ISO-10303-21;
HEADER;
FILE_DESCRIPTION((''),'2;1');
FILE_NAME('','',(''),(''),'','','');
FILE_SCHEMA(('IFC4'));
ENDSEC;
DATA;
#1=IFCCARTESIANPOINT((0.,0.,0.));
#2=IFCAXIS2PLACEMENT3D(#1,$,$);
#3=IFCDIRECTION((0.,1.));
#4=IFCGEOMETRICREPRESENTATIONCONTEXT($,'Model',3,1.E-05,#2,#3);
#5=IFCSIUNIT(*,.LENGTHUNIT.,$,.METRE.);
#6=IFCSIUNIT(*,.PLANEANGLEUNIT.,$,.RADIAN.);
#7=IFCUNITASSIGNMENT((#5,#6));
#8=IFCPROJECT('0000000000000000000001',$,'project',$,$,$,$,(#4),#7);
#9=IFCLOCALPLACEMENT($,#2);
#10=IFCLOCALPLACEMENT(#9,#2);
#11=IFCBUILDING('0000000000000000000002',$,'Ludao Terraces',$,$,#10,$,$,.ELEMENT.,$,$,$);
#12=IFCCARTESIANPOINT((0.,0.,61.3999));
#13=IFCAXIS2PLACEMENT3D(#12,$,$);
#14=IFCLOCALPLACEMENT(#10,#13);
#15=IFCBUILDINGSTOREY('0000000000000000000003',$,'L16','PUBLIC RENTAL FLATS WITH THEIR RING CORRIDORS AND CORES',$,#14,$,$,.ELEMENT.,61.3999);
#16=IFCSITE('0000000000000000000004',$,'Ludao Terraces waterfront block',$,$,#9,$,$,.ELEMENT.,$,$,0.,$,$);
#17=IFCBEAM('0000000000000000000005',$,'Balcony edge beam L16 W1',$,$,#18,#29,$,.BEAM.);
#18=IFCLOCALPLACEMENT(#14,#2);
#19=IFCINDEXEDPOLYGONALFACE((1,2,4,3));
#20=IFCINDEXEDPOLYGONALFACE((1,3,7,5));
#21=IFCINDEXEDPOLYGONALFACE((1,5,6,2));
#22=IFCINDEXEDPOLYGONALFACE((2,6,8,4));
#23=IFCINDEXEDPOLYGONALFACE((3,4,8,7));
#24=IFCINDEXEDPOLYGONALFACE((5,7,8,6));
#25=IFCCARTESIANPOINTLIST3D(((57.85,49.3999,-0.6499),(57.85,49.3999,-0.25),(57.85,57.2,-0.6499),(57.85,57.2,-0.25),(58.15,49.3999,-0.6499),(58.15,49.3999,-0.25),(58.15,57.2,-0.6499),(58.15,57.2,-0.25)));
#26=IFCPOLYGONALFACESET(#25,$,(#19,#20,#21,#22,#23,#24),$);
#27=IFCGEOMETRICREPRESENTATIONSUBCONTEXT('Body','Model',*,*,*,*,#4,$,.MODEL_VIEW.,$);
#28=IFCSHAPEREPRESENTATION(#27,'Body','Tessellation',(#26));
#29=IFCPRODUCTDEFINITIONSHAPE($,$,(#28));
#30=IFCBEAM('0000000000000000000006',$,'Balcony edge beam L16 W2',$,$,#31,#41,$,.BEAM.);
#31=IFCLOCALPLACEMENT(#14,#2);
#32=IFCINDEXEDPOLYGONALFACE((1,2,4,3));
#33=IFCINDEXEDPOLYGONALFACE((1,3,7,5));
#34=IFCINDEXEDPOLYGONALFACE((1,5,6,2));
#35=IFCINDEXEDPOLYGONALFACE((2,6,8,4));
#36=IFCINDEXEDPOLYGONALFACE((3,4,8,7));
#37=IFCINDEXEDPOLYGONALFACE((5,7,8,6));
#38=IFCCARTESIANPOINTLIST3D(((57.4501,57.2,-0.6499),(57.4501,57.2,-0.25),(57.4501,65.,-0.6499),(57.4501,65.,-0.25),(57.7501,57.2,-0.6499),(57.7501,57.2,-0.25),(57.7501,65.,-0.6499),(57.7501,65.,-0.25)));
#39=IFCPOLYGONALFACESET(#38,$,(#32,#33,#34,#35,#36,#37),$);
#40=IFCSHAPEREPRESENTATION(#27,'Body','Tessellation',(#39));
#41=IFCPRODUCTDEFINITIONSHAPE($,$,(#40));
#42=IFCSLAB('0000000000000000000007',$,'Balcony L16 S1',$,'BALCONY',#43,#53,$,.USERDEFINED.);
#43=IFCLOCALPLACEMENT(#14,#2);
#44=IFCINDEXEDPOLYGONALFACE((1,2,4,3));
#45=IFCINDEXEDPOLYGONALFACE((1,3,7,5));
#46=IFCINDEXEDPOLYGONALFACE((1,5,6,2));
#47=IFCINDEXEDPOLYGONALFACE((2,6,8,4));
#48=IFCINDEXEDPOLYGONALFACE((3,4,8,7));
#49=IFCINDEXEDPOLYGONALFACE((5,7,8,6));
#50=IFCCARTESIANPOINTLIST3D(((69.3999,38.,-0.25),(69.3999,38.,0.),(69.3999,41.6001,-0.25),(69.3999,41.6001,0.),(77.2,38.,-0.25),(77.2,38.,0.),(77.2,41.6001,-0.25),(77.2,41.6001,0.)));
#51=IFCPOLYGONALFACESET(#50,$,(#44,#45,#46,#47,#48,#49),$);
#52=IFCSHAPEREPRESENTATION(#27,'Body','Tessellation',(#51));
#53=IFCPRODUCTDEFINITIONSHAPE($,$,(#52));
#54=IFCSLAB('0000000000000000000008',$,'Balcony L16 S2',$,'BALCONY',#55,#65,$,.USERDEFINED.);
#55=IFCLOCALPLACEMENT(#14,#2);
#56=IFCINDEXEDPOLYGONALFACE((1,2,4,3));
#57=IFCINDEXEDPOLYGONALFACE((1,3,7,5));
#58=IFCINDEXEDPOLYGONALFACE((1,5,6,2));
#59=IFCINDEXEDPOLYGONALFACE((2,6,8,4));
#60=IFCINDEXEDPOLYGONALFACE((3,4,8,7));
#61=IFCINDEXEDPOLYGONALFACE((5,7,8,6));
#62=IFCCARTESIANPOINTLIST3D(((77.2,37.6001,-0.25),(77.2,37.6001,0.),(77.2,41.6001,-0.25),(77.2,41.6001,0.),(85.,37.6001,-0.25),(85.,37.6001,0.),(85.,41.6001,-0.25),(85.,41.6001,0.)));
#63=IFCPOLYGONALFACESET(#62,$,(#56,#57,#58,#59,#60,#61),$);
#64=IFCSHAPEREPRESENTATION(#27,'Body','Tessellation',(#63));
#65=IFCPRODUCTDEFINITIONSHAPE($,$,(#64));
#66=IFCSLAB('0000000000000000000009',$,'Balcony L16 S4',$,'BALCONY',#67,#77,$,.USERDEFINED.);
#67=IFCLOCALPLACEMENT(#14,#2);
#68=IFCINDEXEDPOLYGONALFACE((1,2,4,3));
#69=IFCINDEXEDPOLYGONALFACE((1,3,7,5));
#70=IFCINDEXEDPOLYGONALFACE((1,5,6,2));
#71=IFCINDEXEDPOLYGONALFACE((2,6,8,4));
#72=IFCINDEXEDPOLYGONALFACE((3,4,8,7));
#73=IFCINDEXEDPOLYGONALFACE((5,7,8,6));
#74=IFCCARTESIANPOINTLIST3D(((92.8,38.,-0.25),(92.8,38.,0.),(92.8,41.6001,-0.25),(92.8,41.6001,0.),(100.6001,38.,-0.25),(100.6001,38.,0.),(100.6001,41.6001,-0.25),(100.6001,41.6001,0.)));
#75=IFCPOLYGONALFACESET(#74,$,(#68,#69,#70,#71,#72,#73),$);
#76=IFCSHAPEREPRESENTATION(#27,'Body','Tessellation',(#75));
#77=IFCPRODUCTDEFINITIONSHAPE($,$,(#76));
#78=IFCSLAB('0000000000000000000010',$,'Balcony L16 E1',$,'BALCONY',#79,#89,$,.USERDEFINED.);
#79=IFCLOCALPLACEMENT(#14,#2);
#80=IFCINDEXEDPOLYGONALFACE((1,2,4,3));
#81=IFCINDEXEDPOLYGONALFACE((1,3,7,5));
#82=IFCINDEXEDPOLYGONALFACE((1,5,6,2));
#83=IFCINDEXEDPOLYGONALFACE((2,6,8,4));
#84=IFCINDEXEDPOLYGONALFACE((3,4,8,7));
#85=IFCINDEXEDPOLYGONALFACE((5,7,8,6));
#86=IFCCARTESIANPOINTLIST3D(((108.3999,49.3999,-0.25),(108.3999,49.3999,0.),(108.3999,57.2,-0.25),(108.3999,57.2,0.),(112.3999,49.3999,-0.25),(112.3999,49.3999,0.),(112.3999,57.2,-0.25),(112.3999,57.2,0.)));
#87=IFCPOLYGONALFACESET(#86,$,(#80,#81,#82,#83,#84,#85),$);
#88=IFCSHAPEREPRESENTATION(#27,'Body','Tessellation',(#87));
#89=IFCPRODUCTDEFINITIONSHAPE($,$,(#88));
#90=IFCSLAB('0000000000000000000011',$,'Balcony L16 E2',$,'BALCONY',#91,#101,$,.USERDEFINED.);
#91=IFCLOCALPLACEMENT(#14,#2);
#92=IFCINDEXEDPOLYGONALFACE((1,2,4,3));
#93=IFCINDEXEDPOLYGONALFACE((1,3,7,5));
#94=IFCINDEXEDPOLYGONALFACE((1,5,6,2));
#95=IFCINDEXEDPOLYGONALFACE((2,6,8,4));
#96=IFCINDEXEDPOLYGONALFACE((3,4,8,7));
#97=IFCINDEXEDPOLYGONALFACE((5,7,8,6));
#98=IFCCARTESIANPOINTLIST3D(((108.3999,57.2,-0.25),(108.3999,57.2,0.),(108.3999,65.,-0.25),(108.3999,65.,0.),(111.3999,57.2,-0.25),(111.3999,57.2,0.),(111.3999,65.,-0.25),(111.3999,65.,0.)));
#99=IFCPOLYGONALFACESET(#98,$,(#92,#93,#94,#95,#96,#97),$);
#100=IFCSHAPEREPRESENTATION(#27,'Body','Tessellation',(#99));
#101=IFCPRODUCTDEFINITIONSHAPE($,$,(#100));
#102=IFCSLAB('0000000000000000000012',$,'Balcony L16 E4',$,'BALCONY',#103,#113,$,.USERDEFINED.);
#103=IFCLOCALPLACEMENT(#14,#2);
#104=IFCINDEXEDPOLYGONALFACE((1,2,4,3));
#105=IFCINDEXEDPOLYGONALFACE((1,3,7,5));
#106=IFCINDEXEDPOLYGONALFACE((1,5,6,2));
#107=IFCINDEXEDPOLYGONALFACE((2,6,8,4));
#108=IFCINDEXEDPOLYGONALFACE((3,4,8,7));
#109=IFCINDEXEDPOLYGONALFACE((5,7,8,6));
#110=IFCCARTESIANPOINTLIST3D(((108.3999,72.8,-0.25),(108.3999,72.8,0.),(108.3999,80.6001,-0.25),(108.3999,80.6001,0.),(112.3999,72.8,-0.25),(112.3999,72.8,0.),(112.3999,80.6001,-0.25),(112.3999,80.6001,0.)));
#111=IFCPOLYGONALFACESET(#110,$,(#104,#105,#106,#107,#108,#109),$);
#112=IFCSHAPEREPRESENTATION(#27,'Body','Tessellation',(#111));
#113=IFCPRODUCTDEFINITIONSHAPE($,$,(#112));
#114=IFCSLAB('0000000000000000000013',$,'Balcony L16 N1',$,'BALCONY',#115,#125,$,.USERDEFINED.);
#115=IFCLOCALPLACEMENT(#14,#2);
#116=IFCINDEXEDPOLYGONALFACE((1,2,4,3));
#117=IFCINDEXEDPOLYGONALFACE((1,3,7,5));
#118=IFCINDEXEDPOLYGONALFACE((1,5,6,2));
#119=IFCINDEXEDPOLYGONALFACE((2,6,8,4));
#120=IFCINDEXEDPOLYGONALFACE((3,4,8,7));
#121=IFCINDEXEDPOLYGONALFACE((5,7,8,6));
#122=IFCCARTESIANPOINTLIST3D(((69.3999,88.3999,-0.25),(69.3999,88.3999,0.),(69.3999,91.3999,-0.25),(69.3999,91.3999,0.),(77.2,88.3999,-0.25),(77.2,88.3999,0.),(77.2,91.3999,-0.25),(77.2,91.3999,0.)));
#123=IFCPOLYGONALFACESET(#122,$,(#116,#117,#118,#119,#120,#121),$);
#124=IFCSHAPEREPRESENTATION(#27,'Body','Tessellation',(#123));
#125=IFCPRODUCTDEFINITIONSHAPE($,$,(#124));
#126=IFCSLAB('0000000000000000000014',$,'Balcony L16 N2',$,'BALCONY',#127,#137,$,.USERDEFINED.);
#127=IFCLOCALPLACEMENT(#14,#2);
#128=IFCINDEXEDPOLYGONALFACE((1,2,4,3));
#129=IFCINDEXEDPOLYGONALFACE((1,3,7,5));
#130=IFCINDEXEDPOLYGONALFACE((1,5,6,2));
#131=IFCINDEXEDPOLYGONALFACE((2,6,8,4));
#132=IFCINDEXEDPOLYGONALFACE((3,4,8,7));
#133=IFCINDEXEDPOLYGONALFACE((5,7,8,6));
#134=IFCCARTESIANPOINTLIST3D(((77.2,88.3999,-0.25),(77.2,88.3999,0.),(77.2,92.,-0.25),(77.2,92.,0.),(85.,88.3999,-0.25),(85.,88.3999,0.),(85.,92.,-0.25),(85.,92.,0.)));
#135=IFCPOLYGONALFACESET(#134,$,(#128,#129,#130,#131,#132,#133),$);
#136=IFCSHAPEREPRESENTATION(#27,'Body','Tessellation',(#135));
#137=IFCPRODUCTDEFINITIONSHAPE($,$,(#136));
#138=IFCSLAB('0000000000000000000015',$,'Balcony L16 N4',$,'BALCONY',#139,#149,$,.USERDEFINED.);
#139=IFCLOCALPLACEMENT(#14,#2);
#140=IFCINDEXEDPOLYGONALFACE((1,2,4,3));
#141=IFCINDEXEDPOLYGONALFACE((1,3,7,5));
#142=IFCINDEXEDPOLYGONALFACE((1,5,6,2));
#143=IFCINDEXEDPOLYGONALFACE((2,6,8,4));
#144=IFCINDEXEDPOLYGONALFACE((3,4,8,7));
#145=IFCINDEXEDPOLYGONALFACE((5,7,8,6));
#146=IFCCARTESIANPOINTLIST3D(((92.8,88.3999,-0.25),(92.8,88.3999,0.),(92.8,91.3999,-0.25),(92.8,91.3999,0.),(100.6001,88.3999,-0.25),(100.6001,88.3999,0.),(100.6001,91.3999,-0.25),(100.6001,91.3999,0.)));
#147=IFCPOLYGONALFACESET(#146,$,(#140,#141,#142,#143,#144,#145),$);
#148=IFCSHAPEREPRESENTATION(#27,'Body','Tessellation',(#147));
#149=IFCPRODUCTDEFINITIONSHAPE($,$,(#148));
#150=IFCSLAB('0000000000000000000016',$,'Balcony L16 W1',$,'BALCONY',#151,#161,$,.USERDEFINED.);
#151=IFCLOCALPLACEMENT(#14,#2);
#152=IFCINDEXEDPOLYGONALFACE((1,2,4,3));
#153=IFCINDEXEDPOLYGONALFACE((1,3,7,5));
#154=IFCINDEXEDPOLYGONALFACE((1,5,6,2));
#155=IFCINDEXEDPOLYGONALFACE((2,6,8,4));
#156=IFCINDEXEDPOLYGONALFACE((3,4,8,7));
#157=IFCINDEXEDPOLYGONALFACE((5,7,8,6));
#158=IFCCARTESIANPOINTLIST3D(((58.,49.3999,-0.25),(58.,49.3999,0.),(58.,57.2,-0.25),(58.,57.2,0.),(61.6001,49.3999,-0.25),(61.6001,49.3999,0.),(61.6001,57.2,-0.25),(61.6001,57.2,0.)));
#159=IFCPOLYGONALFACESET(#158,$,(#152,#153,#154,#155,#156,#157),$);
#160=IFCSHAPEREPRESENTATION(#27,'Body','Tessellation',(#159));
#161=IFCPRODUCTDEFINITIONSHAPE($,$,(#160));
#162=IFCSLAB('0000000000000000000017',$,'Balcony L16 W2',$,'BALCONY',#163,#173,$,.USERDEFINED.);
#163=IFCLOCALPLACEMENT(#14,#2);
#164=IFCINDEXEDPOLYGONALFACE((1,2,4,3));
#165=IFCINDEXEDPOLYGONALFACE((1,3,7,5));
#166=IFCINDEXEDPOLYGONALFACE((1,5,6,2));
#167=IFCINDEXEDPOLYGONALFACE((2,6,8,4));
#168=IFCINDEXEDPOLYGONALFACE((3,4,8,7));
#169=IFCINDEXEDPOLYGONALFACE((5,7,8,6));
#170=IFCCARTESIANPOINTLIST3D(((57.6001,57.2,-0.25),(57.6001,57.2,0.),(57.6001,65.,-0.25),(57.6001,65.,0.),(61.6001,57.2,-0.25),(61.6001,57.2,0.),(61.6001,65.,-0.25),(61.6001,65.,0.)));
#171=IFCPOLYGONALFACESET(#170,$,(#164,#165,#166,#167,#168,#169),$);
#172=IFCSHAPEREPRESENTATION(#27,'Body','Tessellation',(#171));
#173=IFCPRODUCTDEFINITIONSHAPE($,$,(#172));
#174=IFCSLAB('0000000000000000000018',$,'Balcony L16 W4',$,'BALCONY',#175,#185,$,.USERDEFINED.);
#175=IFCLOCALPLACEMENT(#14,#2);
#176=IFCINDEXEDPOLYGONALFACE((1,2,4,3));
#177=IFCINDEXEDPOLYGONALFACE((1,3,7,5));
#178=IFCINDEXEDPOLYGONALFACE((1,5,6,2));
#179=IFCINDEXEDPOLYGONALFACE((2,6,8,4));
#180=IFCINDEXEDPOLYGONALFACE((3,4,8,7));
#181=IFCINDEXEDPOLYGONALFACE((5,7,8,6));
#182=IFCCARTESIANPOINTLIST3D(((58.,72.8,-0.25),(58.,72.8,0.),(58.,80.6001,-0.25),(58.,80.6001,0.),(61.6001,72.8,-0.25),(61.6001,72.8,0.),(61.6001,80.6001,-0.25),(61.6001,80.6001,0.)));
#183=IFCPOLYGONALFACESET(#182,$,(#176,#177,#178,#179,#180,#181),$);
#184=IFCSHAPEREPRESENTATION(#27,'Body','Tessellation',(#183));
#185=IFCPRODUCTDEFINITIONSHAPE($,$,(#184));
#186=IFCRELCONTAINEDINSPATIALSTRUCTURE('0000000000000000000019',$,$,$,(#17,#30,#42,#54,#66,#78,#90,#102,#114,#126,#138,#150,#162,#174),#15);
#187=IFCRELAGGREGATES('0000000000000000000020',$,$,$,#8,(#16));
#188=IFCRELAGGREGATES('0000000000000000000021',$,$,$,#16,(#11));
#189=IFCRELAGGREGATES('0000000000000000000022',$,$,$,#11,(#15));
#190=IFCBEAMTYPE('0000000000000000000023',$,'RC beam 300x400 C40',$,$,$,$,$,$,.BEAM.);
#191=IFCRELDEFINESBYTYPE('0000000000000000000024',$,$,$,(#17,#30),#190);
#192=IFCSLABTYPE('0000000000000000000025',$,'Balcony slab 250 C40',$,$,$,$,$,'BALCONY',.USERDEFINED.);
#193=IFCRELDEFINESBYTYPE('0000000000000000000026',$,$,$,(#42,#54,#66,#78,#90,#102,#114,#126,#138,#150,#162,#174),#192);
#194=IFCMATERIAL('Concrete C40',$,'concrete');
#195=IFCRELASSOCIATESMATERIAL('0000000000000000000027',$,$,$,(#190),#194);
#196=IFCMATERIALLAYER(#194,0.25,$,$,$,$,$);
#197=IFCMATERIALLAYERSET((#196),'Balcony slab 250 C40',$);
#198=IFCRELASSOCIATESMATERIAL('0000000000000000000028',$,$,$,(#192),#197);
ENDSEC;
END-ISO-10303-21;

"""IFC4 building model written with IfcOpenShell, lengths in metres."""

from ifc_helpers import new_model, si_unit, direction, frame, origin, origin_2d, place, context, subcontext, project, spatial, polyline, rectangle, outline, extrude, material, layer, layer_set, material_profile, profile_set, type_object, element, save


model = new_model("IFC4")

# Units and contexts
model_context = context("Model", 3, precision=1e-05, world=origin(), true_north=direction((0.0, 1.0)))
body_context = subcontext(model_context, "Body", "Model", "MODEL_VIEW")
ifc_project = project(units=[si_unit("LENGTHUNIT", "METRE"), si_unit("PLANEANGLEUNIT", "RADIAN")], contexts=[model_context])

# Site, building, storey
site_placement = place(None, origin())
site = spatial("IfcSite", under=ifc_project, at=site_placement, Name="Ludao Terraces waterfront block", CompositionType="ELEMENT", RefElevation=0.0)
building_placement = place(site_placement, origin())
building = spatial("IfcBuilding", under=site, at=building_placement, Name="Ludao Terraces", CompositionType="ELEMENT")
storey_placement = place(building_placement, frame((0.0, 0.0, 61.3999)))
storey = spatial("IfcBuildingStorey", under=building, at=storey_placement, Name="L16", Description="PUBLIC RENTAL FLATS WITH THEIR RING CORRIDORS AND CORES", CompositionType="ELEMENT", Elevation=61.3999)

# Beams
ifc_material_1 = material(Name="Concrete C40", Category="concrete")
ifc_material_profile = material_profile(ifc_material_1, rectangle(XDim=0.3, YDim=0.3999, at=origin_2d()), Name="300 X 400")
ifc_profile_set = profile_set([ifc_material_profile], Name="Concrete C40")
beam_type = type_object("IfcBeamType", Name="RC beam 300x400 C40", PredefinedType="BEAM", material=ifc_profile_set)
for number, where, z_axis, x_axis, name in (
    (1, (58.0, 49.3999, -0.45), (0.0, 1.0, 0.0), (-1.0, 0.0, 0.0), "Balcony edge beam L16 W1"),
    (2, (57.6001, 57.2, -0.45), (0.0, 1.0, 0.0), (-1.0, 0.0, 0.0), "Balcony edge beam L16 W2"),
):
    element("IfcBeam", number, at=place(storey_placement, frame(where, z_axis=z_axis, x_axis=x_axis)), inside=storey, type_object=beam_type, Name=name, PredefinedType="BEAM", context=body_context, shape_type="SweptSolid", body=[
        extrude(rectangle(XDim=0.3, YDim=0.3999, at=origin_2d()), origin(), (0.0, 0.0, 1.0), 7.8),
    ])

# Slabs
ifc_layer_1 = layer(ifc_material_1, 0.25)
ifc_layer_set_1 = layer_set([ifc_layer_1], Name="Balcony slab 250 C40")
slab_type_1 = type_object("IfcSlabType", Name="Balcony slab 250 C40", ElementType="BALCONY", PredefinedType="USERDEFINED", material=ifc_layer_set_1)
slab_1_placement = place(storey_placement, frame((0.0, 0.0, -0.25)))
element("IfcSlab", 3, at=slab_1_placement, inside=storey, type_object=slab_type_1, Name="Balcony L16 S1", ObjectType="BALCONY", PredefinedType="USERDEFINED", context=body_context, shape_type="SweptSolid", body=[
    extrude(outline(polyline([(69.3999, 38.0), (77.2, 38.0), (77.2, 41.6001), (69.3999, 41.6001), (69.3999, 38.0)])), origin(), (0.0, 0.0, 1.0), 0.25),
])
slab_2_placement = place(storey_placement, frame((0.0, 0.0, -0.25)))
element("IfcSlab", 4, at=slab_2_placement, inside=storey, type_object=slab_type_1, Name="Balcony L16 S2", ObjectType="BALCONY", PredefinedType="USERDEFINED", context=body_context, shape_type="SweptSolid", body=[
    extrude(outline(polyline([(77.2, 37.6001), (85.0, 37.6001), (85.0, 41.6001), (77.2, 41.6001), (77.2, 37.6001)])), origin(), (0.0, 0.0, 1.0), 0.25),
])
slab_3_placement = place(storey_placement, frame((0.0, 0.0, -0.25)))
element("IfcSlab", 5, at=slab_3_placement, inside=storey, type_object=slab_type_1, Name="Balcony L16 S4", ObjectType="BALCONY", PredefinedType="USERDEFINED", context=body_context, shape_type="SweptSolid", body=[
    extrude(outline(polyline([(92.8, 38.0), (100.6001, 38.0), (100.6001, 41.6001), (92.8, 41.6001), (92.8, 38.0)])), origin(), (0.0, 0.0, 1.0), 0.25),
])
slab_4_placement = place(storey_placement, frame((0.0, 0.0, -0.25)))
element("IfcSlab", 6, at=slab_4_placement, inside=storey, type_object=slab_type_1, Name="Balcony L16 E1", ObjectType="BALCONY", PredefinedType="USERDEFINED", context=body_context, shape_type="SweptSolid", body=[
    extrude(outline(polyline([(108.3999, 49.3999), (112.3999, 49.3999), (112.3999, 57.2), (108.3999, 57.2), (108.3999, 49.3999)])), origin(), (0.0, 0.0, 1.0), 0.25),
])
slab_5_placement = place(storey_placement, frame((0.0, 0.0, -0.25)))
element("IfcSlab", 7, at=slab_5_placement, inside=storey, type_object=slab_type_1, Name="Balcony L16 E2", ObjectType="BALCONY", PredefinedType="USERDEFINED", context=body_context, shape_type="SweptSolid", body=[
    extrude(outline(polyline([(108.3999, 57.2), (111.3999, 57.2), (111.3999, 65.0), (108.3999, 65.0), (108.3999, 57.2)])), origin(), (0.0, 0.0, 1.0), 0.25),
])
slab_6_placement = place(storey_placement, frame((0.0, 0.0, -0.25)))
element("IfcSlab", 8, at=slab_6_placement, inside=storey, type_object=slab_type_1, Name="Balcony L16 E4", ObjectType="BALCONY", PredefinedType="USERDEFINED", context=body_context, shape_type="SweptSolid", body=[
    extrude(outline(polyline([(108.3999, 72.8), (112.3999, 72.8), (112.3999, 80.6001), (108.3999, 80.6001), (108.3999, 72.8)])), origin(), (0.0, 0.0, 1.0), 0.25),
])
slab_7_placement = place(storey_placement, frame((0.0, 0.0, -0.25)))
element("IfcSlab", 9, at=slab_7_placement, inside=storey, type_object=slab_type_1, Name="Balcony L16 N1", ObjectType="BALCONY", PredefinedType="USERDEFINED", context=body_context, shape_type="SweptSolid", body=[
    extrude(outline(polyline([(69.3999, 88.3999), (77.2, 88.3999), (77.2, 91.3999), (69.3999, 91.3999), (69.3999, 88.3999)])), origin(), (0.0, 0.0, 1.0), 0.25),
])
slab_8_placement = place(storey_placement, frame((0.0, 0.0, -0.25)))
element("IfcSlab", 10, at=slab_8_placement, inside=storey, type_object=slab_type_1, Name="Balcony L16 N2", ObjectType="BALCONY", PredefinedType="USERDEFINED", context=body_context, shape_type="SweptSolid", body=[
    extrude(outline(polyline([(77.2, 88.3999), (85.0, 88.3999), (85.0, 92.0), (77.2, 92.0), (77.2, 88.3999)])), origin(), (0.0, 0.0, 1.0), 0.25),
])
slab_9_placement = place(storey_placement, frame((0.0, 0.0, -0.25)))
element("IfcSlab", 11, at=slab_9_placement, inside=storey, type_object=slab_type_1, Name="Balcony L16 N4", ObjectType="BALCONY", PredefinedType="USERDEFINED", context=body_context, shape_type="SweptSolid", body=[
    extrude(outline(polyline([(92.8, 88.3999), (100.6001, 88.3999), (100.6001, 91.3999), (92.8, 91.3999), (92.8, 88.3999)])), origin(), (0.0, 0.0, 1.0), 0.25),
])
slab_10_placement = place(storey_placement, frame((0.0, 0.0, -0.25)))
element("IfcSlab", 12, at=slab_10_placement, inside=storey, type_object=slab_type_1, Name="Balcony L16 W1", ObjectType="BALCONY", PredefinedType="USERDEFINED", context=body_context, shape_type="SweptSolid", body=[
    extrude(outline(polyline([(58.0, 49.3999), (61.6001, 49.3999), (61.6001, 57.2), (58.0, 57.2), (58.0, 49.3999)])), origin(), (0.0, 0.0, 1.0), 0.25),
])
slab_11_placement = place(storey_placement, frame((0.0, 0.0, -0.25)))
element("IfcSlab", 13, at=slab_11_placement, inside=storey, type_object=slab_type_1, Name="Balcony L16 W2", ObjectType="BALCONY", PredefinedType="USERDEFINED", context=body_context, shape_type="SweptSolid", body=[
    extrude(outline(polyline([(57.6001, 57.2), (61.6001, 57.2), (61.6001, 65.0), (57.6001, 65.0), (57.6001, 57.2)])), origin(), (0.0, 0.0, 1.0), 0.25),
])
slab_12_placement = place(storey_placement, frame((0.0, 0.0, -0.25)))
element("IfcSlab", 14, at=slab_12_placement, inside=storey, type_object=slab_type_1, Name="Balcony L16 W4", ObjectType="BALCONY", PredefinedType="USERDEFINED", context=body_context, shape_type="SweptSolid", body=[
    extrude(outline(polyline([(58.0, 72.8), (61.6001, 72.8), (61.6001, 80.6001), (58.0, 80.6001), (58.0, 72.8)])), origin(), (0.0, 0.0, 1.0), 0.25),
])

save(model, "model.ifc")
